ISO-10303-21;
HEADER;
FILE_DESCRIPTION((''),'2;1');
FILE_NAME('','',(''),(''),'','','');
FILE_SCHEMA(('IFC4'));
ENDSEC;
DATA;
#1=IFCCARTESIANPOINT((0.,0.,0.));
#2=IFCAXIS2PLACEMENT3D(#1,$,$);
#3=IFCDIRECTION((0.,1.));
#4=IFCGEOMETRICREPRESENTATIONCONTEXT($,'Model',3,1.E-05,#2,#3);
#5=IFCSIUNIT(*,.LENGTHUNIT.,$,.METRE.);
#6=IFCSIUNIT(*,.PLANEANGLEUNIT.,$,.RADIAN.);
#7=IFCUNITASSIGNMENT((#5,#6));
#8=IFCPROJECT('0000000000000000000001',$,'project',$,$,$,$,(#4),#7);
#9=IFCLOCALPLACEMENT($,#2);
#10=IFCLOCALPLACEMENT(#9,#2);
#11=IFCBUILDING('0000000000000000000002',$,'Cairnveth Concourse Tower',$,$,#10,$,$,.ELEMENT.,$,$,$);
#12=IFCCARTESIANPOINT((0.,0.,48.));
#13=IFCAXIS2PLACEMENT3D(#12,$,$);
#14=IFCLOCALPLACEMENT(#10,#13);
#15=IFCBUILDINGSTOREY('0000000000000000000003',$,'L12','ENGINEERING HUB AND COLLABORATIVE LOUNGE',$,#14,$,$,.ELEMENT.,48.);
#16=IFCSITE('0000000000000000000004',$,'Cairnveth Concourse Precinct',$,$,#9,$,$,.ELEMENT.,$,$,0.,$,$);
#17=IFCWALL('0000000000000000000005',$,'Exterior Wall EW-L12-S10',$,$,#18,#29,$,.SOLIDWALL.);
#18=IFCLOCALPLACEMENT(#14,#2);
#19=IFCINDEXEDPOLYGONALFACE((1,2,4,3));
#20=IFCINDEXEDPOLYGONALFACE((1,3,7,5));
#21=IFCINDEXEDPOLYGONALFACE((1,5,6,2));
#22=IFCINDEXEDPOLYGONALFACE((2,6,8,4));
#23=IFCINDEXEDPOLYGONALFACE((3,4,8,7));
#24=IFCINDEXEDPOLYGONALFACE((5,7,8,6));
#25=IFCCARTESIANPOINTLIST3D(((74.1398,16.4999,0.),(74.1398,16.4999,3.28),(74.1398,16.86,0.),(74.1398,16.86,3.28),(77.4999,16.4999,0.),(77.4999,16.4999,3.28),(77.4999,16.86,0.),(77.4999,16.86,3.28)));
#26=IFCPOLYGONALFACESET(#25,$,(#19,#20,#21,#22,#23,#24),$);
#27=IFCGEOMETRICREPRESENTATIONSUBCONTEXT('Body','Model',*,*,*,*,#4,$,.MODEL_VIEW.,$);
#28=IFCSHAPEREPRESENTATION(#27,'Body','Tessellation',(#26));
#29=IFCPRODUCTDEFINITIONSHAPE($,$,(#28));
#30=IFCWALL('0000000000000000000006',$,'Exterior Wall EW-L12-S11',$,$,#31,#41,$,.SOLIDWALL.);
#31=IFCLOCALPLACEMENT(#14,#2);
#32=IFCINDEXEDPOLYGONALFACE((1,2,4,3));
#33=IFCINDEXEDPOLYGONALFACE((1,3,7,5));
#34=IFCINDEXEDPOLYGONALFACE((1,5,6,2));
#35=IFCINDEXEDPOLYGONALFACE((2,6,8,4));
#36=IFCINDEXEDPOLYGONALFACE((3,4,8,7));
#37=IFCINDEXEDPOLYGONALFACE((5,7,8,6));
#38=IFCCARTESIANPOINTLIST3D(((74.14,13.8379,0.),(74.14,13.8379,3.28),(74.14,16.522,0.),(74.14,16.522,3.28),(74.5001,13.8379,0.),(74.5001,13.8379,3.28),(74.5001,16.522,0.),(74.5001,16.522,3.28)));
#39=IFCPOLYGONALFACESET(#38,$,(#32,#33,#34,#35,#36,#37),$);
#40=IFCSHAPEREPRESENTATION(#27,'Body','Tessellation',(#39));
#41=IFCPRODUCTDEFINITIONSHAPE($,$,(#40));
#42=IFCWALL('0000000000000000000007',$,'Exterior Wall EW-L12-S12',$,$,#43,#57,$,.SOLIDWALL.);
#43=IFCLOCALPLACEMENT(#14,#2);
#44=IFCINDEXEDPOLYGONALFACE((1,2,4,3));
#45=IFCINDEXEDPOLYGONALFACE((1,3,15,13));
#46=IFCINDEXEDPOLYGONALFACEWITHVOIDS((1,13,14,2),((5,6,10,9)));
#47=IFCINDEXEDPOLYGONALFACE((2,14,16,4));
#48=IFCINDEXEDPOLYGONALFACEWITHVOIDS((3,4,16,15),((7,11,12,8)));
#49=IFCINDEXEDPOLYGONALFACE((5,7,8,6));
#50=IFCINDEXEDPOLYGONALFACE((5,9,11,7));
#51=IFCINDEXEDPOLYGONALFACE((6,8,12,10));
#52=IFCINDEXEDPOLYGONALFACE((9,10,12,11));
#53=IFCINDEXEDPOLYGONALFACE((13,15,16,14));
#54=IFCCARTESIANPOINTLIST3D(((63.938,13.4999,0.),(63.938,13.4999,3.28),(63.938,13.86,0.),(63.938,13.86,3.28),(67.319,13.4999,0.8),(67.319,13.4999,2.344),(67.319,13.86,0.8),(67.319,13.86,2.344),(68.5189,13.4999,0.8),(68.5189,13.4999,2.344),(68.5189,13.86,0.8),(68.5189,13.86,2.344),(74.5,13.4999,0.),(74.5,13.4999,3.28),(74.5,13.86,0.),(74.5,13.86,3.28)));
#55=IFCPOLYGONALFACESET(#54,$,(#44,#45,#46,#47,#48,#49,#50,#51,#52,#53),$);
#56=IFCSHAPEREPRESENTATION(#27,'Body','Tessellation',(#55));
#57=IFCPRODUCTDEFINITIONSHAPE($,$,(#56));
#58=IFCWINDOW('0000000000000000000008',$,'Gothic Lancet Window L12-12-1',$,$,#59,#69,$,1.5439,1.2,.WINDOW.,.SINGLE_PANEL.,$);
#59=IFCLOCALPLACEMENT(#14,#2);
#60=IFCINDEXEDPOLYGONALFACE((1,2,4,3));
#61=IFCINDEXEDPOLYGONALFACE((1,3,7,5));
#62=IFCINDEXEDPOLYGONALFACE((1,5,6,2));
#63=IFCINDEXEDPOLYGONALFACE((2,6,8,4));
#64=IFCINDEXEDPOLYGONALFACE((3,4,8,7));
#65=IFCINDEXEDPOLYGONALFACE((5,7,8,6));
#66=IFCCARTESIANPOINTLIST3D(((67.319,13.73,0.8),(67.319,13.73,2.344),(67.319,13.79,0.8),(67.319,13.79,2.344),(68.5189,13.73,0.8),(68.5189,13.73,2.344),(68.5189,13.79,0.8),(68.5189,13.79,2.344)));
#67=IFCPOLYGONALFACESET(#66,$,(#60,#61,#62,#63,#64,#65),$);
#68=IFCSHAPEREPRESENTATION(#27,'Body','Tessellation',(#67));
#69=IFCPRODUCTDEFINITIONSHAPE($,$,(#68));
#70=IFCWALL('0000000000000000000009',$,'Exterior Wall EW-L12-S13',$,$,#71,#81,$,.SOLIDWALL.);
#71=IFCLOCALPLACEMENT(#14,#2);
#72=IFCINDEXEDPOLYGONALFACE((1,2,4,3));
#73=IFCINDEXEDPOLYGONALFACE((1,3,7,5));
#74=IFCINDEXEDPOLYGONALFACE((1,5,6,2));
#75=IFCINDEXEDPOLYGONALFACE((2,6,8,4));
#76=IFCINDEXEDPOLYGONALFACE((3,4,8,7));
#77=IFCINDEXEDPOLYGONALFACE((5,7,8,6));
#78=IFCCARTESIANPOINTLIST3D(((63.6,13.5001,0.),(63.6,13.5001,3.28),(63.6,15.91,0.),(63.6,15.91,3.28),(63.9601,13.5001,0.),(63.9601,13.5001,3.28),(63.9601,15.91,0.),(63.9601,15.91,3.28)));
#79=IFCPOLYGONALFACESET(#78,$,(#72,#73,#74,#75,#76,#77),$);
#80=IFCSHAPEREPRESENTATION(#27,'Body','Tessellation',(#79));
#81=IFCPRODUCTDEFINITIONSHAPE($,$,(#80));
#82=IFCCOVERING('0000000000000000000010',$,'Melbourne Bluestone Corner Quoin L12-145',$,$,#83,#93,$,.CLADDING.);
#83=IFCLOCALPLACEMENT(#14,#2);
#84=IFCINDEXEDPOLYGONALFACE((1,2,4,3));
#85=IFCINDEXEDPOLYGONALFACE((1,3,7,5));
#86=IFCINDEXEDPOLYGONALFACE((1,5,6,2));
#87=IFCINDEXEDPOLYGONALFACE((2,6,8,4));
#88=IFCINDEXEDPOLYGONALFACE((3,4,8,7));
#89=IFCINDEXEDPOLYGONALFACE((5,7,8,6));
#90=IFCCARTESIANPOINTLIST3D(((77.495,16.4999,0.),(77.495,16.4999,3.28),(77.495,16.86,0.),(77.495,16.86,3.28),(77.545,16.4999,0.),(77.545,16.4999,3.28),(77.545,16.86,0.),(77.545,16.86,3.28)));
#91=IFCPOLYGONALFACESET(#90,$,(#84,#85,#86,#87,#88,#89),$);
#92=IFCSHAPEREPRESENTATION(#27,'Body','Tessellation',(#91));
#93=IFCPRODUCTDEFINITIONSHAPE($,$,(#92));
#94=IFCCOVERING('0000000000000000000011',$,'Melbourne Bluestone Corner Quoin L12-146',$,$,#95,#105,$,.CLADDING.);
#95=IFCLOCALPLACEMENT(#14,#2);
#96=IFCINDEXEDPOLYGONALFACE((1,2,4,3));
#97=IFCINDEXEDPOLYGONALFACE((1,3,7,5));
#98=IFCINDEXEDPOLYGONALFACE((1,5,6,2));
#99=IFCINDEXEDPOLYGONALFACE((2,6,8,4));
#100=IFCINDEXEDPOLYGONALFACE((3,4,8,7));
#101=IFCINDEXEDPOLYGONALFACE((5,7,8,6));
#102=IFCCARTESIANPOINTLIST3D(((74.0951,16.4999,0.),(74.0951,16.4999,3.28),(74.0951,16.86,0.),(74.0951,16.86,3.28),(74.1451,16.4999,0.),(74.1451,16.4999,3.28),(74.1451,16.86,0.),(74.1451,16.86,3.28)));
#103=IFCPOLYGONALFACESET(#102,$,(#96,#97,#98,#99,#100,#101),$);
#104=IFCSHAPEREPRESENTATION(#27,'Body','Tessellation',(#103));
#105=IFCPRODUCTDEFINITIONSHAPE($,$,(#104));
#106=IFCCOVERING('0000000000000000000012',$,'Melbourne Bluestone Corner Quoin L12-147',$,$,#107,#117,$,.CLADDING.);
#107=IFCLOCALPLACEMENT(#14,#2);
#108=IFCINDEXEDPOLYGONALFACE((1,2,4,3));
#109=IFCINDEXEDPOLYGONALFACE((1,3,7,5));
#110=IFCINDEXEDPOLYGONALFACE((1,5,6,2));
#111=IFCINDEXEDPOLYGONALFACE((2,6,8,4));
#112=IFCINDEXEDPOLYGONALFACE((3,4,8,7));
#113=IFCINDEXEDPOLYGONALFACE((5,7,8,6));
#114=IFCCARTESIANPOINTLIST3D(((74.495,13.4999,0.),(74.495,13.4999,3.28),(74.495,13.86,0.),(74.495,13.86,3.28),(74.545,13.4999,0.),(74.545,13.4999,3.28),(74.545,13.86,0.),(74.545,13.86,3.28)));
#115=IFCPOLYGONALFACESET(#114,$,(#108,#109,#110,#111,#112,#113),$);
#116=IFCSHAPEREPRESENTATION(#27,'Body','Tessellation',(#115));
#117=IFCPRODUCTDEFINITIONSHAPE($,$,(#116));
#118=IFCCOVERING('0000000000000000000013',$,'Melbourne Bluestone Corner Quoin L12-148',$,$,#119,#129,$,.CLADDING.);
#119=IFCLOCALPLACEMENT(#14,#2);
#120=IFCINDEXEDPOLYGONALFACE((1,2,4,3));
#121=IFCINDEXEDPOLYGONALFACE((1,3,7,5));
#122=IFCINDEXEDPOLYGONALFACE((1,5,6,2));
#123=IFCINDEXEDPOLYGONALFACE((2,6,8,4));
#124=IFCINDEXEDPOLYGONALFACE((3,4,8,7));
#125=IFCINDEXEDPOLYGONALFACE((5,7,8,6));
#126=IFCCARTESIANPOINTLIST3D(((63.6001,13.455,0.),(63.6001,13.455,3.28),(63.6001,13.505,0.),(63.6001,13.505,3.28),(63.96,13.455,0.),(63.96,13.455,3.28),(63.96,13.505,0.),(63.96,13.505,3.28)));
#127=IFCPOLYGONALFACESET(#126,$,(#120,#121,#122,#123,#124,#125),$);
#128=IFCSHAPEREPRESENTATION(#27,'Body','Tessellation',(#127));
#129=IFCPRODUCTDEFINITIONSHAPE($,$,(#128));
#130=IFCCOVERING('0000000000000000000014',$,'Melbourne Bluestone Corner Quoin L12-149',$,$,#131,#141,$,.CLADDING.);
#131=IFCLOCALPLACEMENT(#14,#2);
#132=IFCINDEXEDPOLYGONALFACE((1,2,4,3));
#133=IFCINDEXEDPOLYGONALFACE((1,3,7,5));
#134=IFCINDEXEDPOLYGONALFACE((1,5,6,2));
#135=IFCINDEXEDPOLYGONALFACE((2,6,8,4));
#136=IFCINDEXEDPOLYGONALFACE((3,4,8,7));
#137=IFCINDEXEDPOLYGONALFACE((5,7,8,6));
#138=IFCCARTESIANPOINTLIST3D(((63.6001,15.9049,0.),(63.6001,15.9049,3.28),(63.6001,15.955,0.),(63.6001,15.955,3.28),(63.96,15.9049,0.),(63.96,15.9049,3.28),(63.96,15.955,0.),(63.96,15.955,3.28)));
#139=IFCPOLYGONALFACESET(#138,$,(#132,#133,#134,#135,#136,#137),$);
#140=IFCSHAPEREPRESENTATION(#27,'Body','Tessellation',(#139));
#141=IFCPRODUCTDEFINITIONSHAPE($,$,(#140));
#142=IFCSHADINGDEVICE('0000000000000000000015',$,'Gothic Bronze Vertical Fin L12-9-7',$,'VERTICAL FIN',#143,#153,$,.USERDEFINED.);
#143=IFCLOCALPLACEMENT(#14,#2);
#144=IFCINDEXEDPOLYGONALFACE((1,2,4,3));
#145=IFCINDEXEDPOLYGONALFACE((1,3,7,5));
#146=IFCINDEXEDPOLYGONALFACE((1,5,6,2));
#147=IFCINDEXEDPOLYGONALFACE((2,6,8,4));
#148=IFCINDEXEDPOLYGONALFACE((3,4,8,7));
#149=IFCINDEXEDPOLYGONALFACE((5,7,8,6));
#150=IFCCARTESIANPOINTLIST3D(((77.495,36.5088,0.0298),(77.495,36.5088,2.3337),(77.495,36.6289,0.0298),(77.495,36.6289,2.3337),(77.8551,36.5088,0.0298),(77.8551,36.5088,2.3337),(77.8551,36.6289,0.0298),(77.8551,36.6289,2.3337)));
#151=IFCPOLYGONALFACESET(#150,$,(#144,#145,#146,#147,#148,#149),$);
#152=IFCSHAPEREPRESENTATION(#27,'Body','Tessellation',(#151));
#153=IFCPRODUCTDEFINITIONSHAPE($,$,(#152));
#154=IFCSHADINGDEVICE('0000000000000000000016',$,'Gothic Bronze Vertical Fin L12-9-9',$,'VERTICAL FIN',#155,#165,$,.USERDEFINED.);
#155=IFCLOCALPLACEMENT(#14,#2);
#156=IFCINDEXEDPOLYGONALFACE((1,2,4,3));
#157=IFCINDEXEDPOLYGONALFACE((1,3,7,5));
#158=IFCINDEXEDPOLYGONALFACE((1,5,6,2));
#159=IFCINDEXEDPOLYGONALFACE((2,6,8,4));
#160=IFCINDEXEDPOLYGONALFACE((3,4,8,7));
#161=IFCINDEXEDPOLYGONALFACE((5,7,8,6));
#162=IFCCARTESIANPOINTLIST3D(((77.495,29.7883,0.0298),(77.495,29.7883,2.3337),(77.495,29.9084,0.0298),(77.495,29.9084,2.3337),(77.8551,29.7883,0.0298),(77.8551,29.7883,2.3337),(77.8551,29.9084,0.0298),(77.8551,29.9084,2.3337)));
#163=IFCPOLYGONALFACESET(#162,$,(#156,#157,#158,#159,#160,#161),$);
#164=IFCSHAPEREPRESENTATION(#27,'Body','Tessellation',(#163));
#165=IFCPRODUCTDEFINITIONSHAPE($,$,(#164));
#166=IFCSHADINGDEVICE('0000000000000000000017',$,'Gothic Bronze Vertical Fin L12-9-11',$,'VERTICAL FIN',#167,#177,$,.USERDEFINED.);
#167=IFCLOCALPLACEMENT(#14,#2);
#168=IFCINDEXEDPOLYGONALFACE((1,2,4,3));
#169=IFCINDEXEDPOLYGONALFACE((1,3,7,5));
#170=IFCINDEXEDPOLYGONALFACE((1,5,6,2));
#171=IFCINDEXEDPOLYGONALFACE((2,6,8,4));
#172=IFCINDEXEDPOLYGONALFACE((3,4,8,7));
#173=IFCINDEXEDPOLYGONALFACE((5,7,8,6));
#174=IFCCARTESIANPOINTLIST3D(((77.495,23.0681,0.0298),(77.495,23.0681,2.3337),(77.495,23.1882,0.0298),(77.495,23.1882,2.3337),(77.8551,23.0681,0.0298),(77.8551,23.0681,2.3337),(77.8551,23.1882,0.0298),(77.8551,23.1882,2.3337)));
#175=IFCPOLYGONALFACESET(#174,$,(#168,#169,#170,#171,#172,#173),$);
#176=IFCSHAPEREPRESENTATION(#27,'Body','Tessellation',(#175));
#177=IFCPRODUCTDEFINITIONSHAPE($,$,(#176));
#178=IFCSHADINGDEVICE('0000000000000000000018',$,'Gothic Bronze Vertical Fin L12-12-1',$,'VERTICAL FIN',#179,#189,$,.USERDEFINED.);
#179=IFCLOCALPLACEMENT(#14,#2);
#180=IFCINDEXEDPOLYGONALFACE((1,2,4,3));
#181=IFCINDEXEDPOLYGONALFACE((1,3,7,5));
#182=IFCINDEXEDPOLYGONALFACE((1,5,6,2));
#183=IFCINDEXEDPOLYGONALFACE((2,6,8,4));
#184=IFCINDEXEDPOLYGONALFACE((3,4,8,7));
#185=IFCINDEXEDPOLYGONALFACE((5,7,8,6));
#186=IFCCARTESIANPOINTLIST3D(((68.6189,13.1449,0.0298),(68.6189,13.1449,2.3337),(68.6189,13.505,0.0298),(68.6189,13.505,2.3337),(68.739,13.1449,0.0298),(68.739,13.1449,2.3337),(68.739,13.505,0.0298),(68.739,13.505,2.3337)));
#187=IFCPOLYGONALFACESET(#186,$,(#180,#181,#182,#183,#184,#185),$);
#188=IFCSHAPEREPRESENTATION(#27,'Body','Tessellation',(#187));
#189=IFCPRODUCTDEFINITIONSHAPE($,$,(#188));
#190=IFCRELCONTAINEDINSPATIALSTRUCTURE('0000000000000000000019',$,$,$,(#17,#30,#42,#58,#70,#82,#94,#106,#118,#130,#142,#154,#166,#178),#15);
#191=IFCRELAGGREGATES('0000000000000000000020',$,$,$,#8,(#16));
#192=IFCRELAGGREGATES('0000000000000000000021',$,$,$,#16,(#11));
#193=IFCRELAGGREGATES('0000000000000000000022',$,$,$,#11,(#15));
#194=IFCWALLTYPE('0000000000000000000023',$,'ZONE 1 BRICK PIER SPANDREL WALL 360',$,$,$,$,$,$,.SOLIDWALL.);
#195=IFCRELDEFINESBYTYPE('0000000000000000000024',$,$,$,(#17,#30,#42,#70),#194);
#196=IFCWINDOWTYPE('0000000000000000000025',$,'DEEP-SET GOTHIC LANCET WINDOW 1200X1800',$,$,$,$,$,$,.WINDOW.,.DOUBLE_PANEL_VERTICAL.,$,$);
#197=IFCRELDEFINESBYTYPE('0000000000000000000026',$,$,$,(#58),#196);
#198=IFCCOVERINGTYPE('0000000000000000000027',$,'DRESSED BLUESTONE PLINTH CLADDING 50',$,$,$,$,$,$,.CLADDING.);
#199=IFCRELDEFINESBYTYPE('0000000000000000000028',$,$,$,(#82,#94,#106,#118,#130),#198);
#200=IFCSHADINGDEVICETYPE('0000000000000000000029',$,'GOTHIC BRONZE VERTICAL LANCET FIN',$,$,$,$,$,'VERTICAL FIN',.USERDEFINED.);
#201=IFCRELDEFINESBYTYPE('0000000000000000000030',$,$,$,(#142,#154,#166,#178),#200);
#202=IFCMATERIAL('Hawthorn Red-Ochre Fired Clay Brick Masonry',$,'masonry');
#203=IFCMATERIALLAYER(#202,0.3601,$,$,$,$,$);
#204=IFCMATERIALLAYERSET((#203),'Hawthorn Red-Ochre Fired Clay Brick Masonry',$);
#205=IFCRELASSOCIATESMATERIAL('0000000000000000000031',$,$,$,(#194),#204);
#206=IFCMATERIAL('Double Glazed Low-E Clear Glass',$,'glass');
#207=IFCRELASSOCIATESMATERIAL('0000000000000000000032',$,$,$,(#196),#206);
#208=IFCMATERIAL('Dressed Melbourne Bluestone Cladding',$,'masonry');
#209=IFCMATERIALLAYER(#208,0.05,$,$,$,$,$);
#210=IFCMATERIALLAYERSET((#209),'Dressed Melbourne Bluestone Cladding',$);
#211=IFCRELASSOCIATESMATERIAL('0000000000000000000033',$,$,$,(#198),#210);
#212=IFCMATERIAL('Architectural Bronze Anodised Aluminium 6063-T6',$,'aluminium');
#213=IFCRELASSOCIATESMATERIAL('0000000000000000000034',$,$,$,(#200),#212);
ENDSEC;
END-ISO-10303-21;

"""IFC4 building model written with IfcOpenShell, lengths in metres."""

from ifc_helpers import new_model, si_unit, direction, frame, frame_2d, origin, origin_2d, place, context, subcontext, project, spatial, rectangle, extrude, material, layer, layer_set, type_object, element, fill, save


model = new_model("IFC4")

# Units and contexts
model_context = context("Model", 3, precision=1e-05, world=origin(), true_north=direction((0.0, 1.0)))
body_context = subcontext(model_context, "Body", "Model", "MODEL_VIEW")
ifc_project = project(units=[si_unit("LENGTHUNIT", "METRE"), si_unit("PLANEANGLEUNIT", "RADIAN")], contexts=[model_context])

# Site, building, storey
site_placement = place(None, origin())
site = spatial("IfcSite", under=ifc_project, at=site_placement, Name="Cairnveth Concourse Precinct", CompositionType="ELEMENT", RefElevation=0.0)
building_placement = place(site_placement, origin())
building = spatial("IfcBuilding", under=site, at=building_placement, Name="Cairnveth Concourse Tower", CompositionType="ELEMENT")
storey_placement = place(building_placement, frame((0.0, 0.0, 48.0)))
storey = spatial("IfcBuildingStorey", under=building, at=storey_placement, Name="L12", Description="ENGINEERING HUB AND COLLABORATIVE LOUNGE", CompositionType="ELEMENT", Elevation=48.0)

# Walls
ifc_material_1 = material(Name="Hawthorn Red-Ochre Fired Clay Brick Masonry", Category="masonry")
ifc_layer_1 = layer(ifc_material_1, 0.3601)
ifc_layer_set_1 = layer_set([ifc_layer_1], Name="Hawthorn Red-Ochre Fired Clay Brick Masonry")
wall_type_1 = type_object("IfcWallType", Name="ZONE 1 BRICK PIER SPANDREL WALL 360", PredefinedType="SOLIDWALL", material=ifc_layer_set_1)
wall_1_placement = place(storey_placement, frame((77.5, 16.6799, 0.0), z_axis=(0.0, 0.0, 1.0), x_axis=(-1.0, 0.0, 0.0)))
element("IfcWall", 1, at=wall_1_placement, inside=storey, type_object=wall_type_1, Name="Exterior Wall EW-L12-S10", PredefinedType="SOLIDWALL", context=body_context, shape_type="SweptSolid", body=[
    extrude(rectangle(XDim=3.3601, YDim=0.3601, at=frame_2d((1.6802, 0.0))), origin(), (0.0, 0.0, 1.0), 3.28),
])
wall_2_placement = place(storey_placement, frame((74.3201, 16.522, 0.0), z_axis=(0.0, 0.0, 1.0), x_axis=(0.0, -1.0, 0.0)))
element("IfcWall", 2, at=wall_2_placement, inside=storey, type_object=wall_type_1, Name="Exterior Wall EW-L12-S11", PredefinedType="SOLIDWALL", context=body_context, shape_type="SweptSolid", body=[
    extrude(rectangle(XDim=2.6841, YDim=0.3601, at=frame_2d((1.342, 0.0))), origin(), (0.0, 0.0, 1.0), 3.28),
])

# Wall, opening, window
wall_3_placement = place(storey_placement, frame((74.5, 13.6799, 0.0), z_axis=(0.0, 0.0, 1.0), x_axis=(-1.0, 0.0, 0.0)))
wall_3 = element("IfcWall", 3, at=wall_3_placement, inside=storey, type_object=wall_type_1, Name="Exterior Wall EW-L12-S12", PredefinedType="SOLIDWALL", context=body_context, shape_type="SweptSolid", body=[
    extrude(rectangle(XDim=10.562, YDim=0.3601, at=frame_2d((5.281, 0.0))), origin(), (0.0, 0.0, 1.0), 3.28),
])
opening_1_placement = place(wall_3_placement, frame((5.981, 0.0, 0.8)))
opening_1 = element("IfcOpeningElement", 4, at=opening_1_placement, cuts=wall_3, PredefinedType="OPENING", context=body_context, shape_type="SweptSolid", body=[
    extrude(rectangle(XDim=1.2, YDim=1.5439, at=frame_2d((0.6001, 0.772))), frame((0.0, 0.1899, 0.0), z_axis=(0.0, -1.0, 0.0), x_axis=(1.0, 0.0, 0.0)), (0.0, 0.0, 1.0), 0.3801),
])
ifc_material_2 = material(Name="Double Glazed Low-E Clear Glass", Category="glass")
window_type = type_object("IfcWindowType", Name="DEEP-SET GOTHIC LANCET WINDOW 1200X1800", PartitioningType="DOUBLE_PANEL_VERTICAL", PredefinedType="WINDOW", material=ifc_material_2)
window_placement = place(opening_1_placement, origin())
window = element("IfcWindow", 5, at=window_placement, inside=storey, type_object=window_type, Name="Gothic Lancet Window L12-12-1", OverallHeight=1.5439, OverallWidth=1.2, PartitioningType="SINGLE_PANEL", PredefinedType="WINDOW", context=body_context, shape_type="SweptSolid", body=[
    extrude(rectangle(XDim=1.2, YDim=1.5439, at=frame_2d((0.6001, 0.772))), frame((0.0, -0.05, 0.0), z_axis=(0.0, -1.0, 0.0), x_axis=(1.0, 0.0, 0.0)), (0.0, 0.0, 1.0), 0.0601),
])
fill(opening_1, window)

# Wall
wall_4_placement = place(storey_placement, frame((63.78, 13.5, 0.0), z_axis=(0.0, 0.0, 1.0), x_axis=(0.0, 1.0, 0.0)))
element("IfcWall", 6, at=wall_4_placement, inside=storey, type_object=wall_type_1, Name="Exterior Wall EW-L12-S13", PredefinedType="SOLIDWALL", context=body_context, shape_type="SweptSolid", body=[
    extrude(rectangle(XDim=2.4099, YDim=0.3601, at=frame_2d((1.2051, 0.0))), origin(), (0.0, 0.0, 1.0), 3.28),
])

# Shared definitions
ifc_material_3 = material(Name="Architectural Bronze Anodised Aluminium 6063-T6", Category="aluminium")

# Coverings
ifc_material_4 = material(Name="Dressed Melbourne Bluestone Cladding", Category="masonry")
ifc_layer_2 = layer(ifc_material_4, 0.05)
ifc_layer_set_2 = layer_set([ifc_layer_2], Name="Dressed Melbourne Bluestone Cladding")
covering_type = type_object("IfcCoveringType", Name="DRESSED BLUESTONE PLINTH CLADDING 50", PredefinedType="CLADDING", material=ifc_layer_set_2)
for number, where, z_axis, x_axis, name in (
    (7, (77.52, 16.8601, 0.0), (0.0, 0.0, 1.0), (0.0, -1.0, 0.0), "Melbourne Bluestone Corner Quoin L12-145"),
    (8, (74.1201, 16.8601, 0.0), (0.0, 0.0, 1.0), (0.0, -1.0, 0.0), "Melbourne Bluestone Corner Quoin L12-146"),
    (9, (74.52, 13.8601, 0.0), (0.0, 0.0, 1.0), (0.0, -1.0, 0.0), "Melbourne Bluestone Corner Quoin L12-147"),
):
    element("IfcCovering", number, at=place(storey_placement, frame(where, z_axis=z_axis, x_axis=x_axis)), inside=storey, type_object=covering_type, Name=name, PredefinedType="CLADDING", context=body_context, shape_type="SweptSolid", body=[
        extrude(rectangle(XDim=0.3601, YDim=0.05, at=frame_2d((0.1802, 0.0))), origin(), (0.0, 0.0, 1.0), 3.28),
    ])
for number, where, z_axis, x_axis, name in (
    (10, (63.96, 13.48, 0.0), (0.0, 0.0, 1.0), (-1.0, 0.0, 0.0), "Melbourne Bluestone Corner Quoin L12-148"),
    (11, (63.96, 15.9299, 0.0), (0.0, 0.0, 1.0), (-1.0, 0.0, 0.0), "Melbourne Bluestone Corner Quoin L12-149"),
):
    element("IfcCovering", number, at=place(storey_placement, frame(where, z_axis=z_axis, x_axis=x_axis)), inside=storey, type_object=covering_type, Name=name, PredefinedType="CLADDING", context=body_context, shape_type="SweptSolid", body=[
        extrude(rectangle(XDim=0.3599, YDim=0.05, at=frame_2d((0.1799, 0.0))), origin(), (0.0, 0.0, 1.0), 3.28),
    ])

# Shading devices
shading_device_type = type_object("IfcShadingDeviceType", Name="GOTHIC BRONZE VERTICAL LANCET FIN", ElementType="VERTICAL FIN", PredefinedType="USERDEFINED", material=ifc_material_3)
for number, where, z_axis, x_axis, name in (
    (12, (77.675, 36.5688, 0.0298), (0.0, 0.0, 1.0), (0.0, 1.0, 0.0), "Gothic Bronze Vertical Fin L12-9-7"),
    (13, (77.675, 29.8484, 0.0298), (0.0, 0.0, 1.0), (0.0, 1.0, 0.0), "Gothic Bronze Vertical Fin L12-9-9"),
    (14, (77.675, 23.1282, 0.0298), (0.0, 0.0, 1.0), (0.0, 1.0, 0.0), "Gothic Bronze Vertical Fin L12-9-11"),
    (15, (68.679, 13.325, 0.0298), (0.0, 0.0, 1.0), (1.0, 0.0, 0.0), "Gothic Bronze Vertical Fin L12-12-1"),
):
    element("IfcShadingDevice", number, at=place(storey_placement, frame(where, z_axis=z_axis, x_axis=x_axis)), inside=storey, type_object=shading_device_type, Name=name, ObjectType="VERTICAL FIN", PredefinedType="USERDEFINED", context=body_context, shape_type="SweptSolid", body=[
        extrude(rectangle(XDim=0.1201, YDim=0.3601, at=origin_2d()), origin(), (0.0, 0.0, 1.0), 2.304),
    ])

save(model, "model.ifc")
